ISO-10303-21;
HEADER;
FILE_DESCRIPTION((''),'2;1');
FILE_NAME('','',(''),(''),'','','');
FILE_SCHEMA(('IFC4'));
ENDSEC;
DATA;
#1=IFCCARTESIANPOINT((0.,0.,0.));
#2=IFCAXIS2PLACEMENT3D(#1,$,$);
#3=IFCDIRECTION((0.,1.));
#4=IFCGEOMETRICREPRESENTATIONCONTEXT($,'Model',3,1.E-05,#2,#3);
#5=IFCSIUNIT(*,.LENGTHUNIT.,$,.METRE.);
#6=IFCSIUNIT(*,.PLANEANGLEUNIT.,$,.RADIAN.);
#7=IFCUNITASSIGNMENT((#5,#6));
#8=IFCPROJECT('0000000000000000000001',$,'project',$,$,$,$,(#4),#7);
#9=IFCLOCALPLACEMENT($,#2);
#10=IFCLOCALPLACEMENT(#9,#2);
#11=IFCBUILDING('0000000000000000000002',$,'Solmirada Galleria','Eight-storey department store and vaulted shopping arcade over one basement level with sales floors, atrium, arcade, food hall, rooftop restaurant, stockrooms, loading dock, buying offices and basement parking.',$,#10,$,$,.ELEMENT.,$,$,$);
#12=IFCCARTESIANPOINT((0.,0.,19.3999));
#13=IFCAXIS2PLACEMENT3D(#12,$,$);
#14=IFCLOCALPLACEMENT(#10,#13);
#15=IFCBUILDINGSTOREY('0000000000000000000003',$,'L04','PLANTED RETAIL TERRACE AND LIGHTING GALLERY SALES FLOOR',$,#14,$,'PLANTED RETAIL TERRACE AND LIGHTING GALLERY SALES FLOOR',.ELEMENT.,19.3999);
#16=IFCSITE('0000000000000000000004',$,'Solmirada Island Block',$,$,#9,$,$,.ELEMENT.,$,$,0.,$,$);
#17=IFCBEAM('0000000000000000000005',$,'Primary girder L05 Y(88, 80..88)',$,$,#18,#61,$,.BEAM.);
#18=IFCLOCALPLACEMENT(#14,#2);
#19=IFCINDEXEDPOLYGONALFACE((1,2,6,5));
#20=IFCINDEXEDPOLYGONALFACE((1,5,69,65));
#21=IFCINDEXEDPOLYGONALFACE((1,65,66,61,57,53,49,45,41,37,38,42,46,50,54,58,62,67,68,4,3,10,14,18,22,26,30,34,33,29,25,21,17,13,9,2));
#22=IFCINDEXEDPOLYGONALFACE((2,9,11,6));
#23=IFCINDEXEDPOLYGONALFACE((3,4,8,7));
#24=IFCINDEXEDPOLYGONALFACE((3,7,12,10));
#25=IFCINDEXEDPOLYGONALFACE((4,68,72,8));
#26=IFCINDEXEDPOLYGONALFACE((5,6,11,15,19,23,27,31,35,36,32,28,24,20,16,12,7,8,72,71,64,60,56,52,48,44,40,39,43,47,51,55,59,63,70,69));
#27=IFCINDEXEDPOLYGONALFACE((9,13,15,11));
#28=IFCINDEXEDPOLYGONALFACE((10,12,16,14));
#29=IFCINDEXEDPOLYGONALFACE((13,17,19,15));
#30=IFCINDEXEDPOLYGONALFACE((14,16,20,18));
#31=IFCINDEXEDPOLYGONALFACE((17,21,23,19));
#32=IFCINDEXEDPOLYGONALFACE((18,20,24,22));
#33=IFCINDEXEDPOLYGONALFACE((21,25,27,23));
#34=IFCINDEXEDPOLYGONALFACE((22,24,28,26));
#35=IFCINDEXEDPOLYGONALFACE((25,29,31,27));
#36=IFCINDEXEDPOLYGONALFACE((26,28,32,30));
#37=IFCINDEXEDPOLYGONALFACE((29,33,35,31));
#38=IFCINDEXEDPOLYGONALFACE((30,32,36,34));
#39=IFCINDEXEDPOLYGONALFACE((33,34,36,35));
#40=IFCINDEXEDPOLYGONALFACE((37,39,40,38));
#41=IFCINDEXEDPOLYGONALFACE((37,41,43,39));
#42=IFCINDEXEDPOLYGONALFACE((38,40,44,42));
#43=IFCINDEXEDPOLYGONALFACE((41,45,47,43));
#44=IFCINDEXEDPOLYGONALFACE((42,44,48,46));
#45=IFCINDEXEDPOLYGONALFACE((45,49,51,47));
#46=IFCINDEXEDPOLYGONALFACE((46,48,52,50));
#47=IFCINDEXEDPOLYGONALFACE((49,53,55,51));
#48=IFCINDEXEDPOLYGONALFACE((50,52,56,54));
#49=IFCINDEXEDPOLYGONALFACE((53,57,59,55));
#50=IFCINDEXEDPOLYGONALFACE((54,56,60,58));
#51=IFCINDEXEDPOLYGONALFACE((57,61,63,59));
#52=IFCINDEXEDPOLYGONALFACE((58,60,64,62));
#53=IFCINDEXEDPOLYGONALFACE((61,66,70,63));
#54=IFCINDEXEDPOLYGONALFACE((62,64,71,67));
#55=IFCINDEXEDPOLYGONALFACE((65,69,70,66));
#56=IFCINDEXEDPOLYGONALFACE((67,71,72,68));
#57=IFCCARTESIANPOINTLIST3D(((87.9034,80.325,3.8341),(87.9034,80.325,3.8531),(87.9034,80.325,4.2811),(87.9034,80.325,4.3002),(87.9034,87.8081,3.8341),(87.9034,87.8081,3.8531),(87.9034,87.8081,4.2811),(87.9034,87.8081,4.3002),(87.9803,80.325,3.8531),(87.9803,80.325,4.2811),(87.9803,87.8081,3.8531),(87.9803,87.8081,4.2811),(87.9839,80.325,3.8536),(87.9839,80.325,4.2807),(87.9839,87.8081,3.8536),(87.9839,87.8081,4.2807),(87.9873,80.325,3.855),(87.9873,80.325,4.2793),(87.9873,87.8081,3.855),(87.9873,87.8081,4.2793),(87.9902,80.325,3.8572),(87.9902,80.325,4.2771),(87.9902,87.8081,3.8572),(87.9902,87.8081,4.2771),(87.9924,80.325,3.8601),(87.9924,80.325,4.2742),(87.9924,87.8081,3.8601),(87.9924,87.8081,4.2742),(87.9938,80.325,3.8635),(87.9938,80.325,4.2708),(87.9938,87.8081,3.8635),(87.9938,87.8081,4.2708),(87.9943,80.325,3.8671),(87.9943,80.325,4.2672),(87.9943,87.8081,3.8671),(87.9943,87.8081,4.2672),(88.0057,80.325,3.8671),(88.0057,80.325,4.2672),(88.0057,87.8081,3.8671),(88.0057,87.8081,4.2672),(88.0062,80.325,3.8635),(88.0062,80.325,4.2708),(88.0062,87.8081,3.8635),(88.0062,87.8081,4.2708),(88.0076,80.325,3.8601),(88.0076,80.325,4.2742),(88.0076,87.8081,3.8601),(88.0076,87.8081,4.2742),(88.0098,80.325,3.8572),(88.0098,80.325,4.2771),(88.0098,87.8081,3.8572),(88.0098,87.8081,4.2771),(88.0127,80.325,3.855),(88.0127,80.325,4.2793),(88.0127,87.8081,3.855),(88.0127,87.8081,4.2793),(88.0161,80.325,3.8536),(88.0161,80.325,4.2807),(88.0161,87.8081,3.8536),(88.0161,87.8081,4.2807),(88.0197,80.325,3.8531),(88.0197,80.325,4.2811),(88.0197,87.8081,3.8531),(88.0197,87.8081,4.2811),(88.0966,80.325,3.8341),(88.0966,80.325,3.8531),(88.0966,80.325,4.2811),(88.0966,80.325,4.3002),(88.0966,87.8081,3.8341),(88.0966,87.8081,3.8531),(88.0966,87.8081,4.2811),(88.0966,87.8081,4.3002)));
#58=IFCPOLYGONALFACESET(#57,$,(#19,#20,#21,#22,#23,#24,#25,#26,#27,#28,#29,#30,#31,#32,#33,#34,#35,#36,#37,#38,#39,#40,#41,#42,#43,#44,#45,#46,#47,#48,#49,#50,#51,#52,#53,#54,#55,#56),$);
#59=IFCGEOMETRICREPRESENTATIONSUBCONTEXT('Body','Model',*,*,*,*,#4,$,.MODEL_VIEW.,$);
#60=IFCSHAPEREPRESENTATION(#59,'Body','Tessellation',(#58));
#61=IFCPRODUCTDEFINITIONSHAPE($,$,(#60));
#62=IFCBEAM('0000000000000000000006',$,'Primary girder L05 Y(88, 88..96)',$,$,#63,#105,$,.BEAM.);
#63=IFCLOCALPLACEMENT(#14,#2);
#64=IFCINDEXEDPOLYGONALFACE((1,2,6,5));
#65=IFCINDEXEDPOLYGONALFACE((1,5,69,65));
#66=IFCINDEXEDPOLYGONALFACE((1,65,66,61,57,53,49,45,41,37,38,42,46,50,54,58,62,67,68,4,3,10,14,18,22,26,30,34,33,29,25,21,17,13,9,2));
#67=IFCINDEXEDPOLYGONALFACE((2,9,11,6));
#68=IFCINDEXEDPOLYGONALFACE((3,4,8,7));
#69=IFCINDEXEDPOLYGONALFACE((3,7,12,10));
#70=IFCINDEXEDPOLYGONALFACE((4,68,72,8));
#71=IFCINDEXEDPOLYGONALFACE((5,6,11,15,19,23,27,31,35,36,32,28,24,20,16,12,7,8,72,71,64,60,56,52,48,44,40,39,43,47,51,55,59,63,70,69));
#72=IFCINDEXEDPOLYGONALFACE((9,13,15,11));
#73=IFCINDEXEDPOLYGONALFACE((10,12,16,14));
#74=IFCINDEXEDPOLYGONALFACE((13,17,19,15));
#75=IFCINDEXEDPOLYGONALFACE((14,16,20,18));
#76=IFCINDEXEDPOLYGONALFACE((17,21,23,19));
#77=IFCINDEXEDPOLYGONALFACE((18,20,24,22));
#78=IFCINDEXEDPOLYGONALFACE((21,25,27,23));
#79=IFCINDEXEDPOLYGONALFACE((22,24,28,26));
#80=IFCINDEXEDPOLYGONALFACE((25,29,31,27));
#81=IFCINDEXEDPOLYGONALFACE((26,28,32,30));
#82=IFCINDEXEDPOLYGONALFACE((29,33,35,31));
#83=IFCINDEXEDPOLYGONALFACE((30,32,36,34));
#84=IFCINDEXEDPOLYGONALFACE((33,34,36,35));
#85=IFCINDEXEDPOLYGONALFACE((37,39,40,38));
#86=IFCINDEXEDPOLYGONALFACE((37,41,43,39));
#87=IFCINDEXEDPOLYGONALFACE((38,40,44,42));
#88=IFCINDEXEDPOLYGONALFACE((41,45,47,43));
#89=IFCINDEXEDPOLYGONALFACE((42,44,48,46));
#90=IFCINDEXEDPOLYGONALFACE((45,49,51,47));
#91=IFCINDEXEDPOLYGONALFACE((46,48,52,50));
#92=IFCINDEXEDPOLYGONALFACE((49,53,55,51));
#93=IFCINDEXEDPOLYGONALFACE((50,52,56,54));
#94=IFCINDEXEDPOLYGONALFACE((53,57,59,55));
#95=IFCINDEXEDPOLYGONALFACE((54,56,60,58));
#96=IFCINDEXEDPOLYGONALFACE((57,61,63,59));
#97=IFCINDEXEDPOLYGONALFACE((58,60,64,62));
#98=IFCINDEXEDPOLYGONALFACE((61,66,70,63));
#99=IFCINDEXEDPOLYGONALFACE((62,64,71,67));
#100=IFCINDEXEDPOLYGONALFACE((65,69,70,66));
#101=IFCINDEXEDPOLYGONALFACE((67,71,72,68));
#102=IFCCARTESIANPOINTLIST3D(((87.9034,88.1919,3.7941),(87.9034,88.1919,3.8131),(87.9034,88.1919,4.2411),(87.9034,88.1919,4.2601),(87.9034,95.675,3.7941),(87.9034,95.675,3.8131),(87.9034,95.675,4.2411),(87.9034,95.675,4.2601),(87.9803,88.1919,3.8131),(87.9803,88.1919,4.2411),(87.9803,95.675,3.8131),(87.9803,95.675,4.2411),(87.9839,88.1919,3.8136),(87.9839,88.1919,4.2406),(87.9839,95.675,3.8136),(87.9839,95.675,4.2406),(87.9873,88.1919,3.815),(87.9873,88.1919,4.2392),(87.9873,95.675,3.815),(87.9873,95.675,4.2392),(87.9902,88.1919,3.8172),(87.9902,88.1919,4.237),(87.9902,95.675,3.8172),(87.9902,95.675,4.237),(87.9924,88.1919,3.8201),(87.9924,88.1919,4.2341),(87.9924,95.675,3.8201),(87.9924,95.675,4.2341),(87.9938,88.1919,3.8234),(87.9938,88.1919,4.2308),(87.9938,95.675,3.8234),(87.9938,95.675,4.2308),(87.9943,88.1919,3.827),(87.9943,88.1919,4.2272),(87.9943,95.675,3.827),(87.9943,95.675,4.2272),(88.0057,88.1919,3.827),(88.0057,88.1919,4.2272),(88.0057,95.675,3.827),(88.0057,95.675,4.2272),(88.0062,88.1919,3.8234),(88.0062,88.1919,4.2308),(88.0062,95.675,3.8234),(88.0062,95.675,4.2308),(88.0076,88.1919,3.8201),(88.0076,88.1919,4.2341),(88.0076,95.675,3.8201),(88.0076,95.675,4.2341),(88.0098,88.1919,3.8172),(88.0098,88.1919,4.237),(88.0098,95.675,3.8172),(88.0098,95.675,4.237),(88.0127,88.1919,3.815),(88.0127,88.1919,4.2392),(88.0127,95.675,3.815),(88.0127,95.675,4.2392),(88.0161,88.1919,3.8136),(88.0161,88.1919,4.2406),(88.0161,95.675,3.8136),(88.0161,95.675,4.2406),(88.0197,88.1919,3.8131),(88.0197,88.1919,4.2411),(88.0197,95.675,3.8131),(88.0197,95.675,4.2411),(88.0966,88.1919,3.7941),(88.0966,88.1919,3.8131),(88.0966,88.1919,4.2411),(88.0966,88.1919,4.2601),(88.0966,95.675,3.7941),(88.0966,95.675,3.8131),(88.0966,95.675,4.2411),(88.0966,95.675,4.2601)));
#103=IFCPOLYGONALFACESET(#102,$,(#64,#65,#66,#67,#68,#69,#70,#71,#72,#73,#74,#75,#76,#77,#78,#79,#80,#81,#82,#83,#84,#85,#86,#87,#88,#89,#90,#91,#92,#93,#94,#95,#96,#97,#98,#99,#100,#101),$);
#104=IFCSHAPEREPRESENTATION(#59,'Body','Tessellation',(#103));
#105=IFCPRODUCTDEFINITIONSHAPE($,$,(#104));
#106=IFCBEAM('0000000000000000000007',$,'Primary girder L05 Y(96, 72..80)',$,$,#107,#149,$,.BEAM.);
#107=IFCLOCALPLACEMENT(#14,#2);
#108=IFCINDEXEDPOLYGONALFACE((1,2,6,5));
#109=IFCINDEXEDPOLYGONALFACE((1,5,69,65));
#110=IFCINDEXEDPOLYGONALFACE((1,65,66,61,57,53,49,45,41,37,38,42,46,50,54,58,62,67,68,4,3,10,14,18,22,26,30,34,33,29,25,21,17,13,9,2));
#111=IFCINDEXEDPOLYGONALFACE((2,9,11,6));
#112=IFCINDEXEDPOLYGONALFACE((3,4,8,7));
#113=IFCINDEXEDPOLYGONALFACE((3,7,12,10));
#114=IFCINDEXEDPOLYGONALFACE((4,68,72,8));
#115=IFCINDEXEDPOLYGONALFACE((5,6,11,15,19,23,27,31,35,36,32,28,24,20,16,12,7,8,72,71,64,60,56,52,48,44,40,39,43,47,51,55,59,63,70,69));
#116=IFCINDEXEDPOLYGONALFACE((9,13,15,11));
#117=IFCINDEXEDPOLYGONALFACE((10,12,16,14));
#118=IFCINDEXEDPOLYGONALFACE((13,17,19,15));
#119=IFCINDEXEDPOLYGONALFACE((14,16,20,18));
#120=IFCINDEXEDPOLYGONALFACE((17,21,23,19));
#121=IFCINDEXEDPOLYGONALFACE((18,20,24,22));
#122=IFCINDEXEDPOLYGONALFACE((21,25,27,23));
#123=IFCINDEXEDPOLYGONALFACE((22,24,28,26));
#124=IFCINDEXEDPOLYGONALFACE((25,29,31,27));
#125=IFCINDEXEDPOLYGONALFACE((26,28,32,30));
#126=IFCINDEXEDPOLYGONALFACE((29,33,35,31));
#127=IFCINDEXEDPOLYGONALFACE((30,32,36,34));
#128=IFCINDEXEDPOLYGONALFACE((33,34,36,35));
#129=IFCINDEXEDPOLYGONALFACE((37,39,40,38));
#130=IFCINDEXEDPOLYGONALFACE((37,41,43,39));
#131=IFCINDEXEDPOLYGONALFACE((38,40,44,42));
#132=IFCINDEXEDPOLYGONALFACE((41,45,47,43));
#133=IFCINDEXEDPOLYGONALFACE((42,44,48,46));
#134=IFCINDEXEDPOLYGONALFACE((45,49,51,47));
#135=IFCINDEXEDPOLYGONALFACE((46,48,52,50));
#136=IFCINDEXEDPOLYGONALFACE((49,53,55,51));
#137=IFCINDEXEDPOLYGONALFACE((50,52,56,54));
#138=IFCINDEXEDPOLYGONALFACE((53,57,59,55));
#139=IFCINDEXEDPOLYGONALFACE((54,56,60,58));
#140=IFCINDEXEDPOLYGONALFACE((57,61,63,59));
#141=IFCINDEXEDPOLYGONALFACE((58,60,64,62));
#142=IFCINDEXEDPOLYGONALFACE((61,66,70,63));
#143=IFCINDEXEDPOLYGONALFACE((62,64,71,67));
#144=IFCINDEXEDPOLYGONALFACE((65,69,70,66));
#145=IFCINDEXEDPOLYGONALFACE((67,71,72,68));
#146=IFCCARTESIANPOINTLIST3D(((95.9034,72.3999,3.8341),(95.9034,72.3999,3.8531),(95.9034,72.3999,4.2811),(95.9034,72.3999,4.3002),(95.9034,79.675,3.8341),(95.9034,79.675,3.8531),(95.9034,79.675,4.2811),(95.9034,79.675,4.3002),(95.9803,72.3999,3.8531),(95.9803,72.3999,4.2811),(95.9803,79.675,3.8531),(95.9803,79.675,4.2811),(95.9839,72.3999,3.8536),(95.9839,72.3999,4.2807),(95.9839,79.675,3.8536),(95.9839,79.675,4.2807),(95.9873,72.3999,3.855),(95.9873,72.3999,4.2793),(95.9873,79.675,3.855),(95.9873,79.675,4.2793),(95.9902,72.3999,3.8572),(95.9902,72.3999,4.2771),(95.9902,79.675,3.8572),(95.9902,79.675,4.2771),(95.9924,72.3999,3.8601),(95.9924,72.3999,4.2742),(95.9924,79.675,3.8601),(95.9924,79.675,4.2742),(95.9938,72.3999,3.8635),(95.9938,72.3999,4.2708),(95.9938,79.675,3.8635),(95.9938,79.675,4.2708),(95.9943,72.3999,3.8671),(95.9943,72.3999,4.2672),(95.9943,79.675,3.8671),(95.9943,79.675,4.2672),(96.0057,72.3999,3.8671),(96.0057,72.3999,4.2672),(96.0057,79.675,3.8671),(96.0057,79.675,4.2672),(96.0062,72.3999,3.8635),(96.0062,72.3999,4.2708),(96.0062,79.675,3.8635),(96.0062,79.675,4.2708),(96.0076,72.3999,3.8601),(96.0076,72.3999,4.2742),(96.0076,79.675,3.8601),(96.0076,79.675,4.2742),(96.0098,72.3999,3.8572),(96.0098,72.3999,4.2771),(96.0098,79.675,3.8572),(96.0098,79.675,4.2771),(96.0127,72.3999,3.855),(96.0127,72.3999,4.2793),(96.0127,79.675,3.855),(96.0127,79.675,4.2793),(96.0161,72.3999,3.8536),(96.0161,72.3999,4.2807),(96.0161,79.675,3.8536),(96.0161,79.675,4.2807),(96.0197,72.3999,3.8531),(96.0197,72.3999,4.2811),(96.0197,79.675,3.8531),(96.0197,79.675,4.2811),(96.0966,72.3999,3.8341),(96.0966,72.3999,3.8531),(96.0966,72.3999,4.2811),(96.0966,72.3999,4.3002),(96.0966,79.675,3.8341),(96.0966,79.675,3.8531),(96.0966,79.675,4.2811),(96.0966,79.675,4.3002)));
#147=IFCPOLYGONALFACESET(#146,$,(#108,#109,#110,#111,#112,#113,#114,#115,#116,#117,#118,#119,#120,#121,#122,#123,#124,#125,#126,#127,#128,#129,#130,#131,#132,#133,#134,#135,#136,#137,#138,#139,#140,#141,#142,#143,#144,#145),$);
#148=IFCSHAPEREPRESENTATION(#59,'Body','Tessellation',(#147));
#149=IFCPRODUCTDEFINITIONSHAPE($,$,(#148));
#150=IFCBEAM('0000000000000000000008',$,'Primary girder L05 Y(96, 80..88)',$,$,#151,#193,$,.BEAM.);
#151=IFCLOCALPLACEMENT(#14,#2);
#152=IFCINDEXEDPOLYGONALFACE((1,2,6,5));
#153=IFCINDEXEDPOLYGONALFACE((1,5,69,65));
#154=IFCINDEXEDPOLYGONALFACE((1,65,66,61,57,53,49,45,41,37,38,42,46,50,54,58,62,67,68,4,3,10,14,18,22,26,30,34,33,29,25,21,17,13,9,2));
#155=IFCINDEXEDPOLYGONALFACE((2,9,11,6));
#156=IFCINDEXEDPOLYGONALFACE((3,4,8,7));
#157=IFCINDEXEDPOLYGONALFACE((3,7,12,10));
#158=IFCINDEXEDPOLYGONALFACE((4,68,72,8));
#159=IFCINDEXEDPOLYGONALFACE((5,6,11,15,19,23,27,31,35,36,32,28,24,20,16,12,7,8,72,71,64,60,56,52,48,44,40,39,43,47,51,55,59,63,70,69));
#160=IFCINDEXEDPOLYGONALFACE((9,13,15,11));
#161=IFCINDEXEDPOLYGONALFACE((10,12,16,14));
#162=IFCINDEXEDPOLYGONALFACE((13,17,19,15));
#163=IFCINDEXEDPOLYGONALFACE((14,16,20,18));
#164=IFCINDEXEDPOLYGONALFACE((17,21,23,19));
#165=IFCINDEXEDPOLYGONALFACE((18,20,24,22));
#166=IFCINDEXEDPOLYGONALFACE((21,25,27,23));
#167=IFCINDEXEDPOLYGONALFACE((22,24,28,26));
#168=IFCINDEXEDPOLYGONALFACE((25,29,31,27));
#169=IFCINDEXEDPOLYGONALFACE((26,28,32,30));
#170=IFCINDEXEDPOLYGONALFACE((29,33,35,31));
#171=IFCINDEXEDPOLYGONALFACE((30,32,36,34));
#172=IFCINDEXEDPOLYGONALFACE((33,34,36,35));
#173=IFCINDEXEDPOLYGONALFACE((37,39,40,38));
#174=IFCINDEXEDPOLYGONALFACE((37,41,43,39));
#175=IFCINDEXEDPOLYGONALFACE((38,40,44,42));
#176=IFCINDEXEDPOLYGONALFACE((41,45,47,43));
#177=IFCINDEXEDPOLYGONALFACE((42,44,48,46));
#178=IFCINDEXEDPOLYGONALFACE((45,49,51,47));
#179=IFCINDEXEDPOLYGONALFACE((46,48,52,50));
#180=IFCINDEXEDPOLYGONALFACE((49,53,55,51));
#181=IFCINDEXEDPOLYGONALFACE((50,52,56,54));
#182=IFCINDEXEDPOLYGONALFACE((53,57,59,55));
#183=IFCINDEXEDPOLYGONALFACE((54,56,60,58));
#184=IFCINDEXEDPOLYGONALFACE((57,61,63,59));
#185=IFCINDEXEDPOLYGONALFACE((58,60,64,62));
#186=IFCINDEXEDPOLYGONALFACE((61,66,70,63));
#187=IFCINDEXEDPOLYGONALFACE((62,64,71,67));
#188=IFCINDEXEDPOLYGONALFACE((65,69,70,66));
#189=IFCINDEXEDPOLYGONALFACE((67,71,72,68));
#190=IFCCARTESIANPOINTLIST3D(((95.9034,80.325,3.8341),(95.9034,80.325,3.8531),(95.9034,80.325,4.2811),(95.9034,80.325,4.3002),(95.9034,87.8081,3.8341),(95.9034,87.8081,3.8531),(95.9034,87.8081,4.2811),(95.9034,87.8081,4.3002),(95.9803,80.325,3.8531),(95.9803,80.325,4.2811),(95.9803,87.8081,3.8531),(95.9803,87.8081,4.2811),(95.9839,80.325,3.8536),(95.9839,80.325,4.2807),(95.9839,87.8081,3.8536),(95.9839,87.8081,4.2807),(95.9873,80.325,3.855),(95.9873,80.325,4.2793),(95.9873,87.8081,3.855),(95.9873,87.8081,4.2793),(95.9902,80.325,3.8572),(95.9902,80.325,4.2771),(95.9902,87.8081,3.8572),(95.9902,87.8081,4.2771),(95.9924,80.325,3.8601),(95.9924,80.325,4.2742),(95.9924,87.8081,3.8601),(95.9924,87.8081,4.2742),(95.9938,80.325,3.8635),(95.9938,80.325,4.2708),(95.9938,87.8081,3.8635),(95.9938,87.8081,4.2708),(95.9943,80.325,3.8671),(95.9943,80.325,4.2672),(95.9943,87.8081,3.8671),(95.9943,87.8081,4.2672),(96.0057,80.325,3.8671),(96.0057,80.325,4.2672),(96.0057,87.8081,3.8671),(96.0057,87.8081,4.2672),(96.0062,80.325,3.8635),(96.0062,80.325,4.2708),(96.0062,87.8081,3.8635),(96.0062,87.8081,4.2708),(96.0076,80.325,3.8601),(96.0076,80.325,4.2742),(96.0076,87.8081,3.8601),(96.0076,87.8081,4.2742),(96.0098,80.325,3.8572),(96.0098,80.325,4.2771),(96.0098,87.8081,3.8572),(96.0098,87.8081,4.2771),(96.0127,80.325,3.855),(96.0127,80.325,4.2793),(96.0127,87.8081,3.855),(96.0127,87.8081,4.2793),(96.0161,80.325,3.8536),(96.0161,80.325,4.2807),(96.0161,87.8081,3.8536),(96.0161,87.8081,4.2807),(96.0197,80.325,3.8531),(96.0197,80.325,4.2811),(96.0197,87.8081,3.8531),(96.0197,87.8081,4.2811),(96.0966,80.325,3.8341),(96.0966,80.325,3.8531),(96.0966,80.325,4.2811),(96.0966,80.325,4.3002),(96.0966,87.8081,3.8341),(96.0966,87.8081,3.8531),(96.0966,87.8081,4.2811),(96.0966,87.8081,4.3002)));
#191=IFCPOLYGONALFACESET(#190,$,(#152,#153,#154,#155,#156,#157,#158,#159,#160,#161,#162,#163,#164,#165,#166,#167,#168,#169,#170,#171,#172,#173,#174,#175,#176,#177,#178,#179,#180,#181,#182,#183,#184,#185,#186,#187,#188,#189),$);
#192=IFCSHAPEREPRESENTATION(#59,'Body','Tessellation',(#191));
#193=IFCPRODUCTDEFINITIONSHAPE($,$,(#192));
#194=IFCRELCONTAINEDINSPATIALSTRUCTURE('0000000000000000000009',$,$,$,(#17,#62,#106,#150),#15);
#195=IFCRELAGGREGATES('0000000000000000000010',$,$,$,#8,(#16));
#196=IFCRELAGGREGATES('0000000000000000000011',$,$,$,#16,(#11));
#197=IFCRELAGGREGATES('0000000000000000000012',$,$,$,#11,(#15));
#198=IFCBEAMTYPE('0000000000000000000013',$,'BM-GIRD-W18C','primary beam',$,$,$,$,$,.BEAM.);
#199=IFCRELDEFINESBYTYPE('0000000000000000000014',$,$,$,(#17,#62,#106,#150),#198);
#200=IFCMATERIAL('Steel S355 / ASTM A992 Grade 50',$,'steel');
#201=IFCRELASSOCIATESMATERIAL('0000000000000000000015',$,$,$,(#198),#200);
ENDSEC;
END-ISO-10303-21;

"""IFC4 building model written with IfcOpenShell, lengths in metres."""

from ifc_helpers import new_model, si_unit, direction, frame, origin, origin_2d, place, context, subcontext, project, spatial, i_section, extrude, material, material_profile, profile_set, type_object, element, save


model = new_model("IFC4")

# Units and contexts
model_context = context("Model", 3, precision=1e-05, world=origin(), true_north=direction((0.0, 1.0)))
body_context = subcontext(model_context, "Body", "Model", "MODEL_VIEW")
ifc_project = project(units=[si_unit("LENGTHUNIT", "METRE"), si_unit("PLANEANGLEUNIT", "RADIAN")], contexts=[model_context])

# Site, building, storey
site_placement = place(None, origin())
site = spatial("IfcSite", under=ifc_project, at=site_placement, Name="Solmirada Island Block", CompositionType="ELEMENT", RefElevation=0.0)
building_placement = place(site_placement, origin())
building = spatial("IfcBuilding", under=site, at=building_placement, Name="Solmirada Galleria", Description="Eight-storey department store and vaulted shopping arcade over one basement level with sales floors, atrium, arcade, food hall, rooftop restaurant, stockrooms, loading dock, buying offices and basement parking.", CompositionType="ELEMENT")
storey_placement = place(building_placement, frame((0.0, 0.0, 19.3999)))
storey = spatial("IfcBuildingStorey", under=building, at=storey_placement, Name="L04", Description="PLANTED RETAIL TERRACE AND LIGHTING GALLERY SALES FLOOR", LongName="PLANTED RETAIL TERRACE AND LIGHTING GALLERY SALES FLOOR", CompositionType="ELEMENT", Elevation=19.3999)

# Beams
ifc_material_1 = material(Name="Steel S355 / ASTM A992 Grade 50", Category="steel")
ifc_material_profile_1 = material_profile(ifc_material_1, i_section(OverallWidth=0.1931, OverallDepth=0.4661, WebThickness=0.0115, FlangeThickness=0.019, FilletRadius=0.0139, at=origin_2d()), Name="W18X65")
ifc_profile_set_1 = profile_set([ifc_material_profile_1], Name="Steel S355 / ASTM A992 Grade 50")
beam_type_1 = type_object("IfcBeamType", Name="BM-GIRD-W18C", Description="primary beam", PredefinedType="BEAM", material=ifc_profile_set_1)
for number, where, z_axis, x_axis, name in (
    (1, (88.0, 80.325, 4.0671), (0.0, 1.0, 0.0), (-1.0, 0.0, 0.0), "Primary girder L05 Y(88, 80..88)"),
    (2, (88.0, 88.1919, 4.0271), (0.0, 1.0, 0.0), (-1.0, 0.0, 0.0), "Primary girder L05 Y(88, 88..96)"),
):
    element("IfcBeam", number, at=place(storey_placement, frame(where, z_axis=z_axis, x_axis=x_axis)), inside=storey, type_object=beam_type_1, Name=name, PredefinedType="BEAM", context=body_context, shape_type="SweptSolid", body=[
        extrude(i_section(OverallWidth=0.1931, OverallDepth=0.4661, WebThickness=0.0115, FlangeThickness=0.019, FilletRadius=0.0139, at=origin_2d()), origin(), (0.0, 0.0, 1.0), 7.4832),
    ])
beam_1_placement = place(storey_placement, frame((96.0, 72.3999, 4.0671), z_axis=(0.0, 1.0, 0.0), x_axis=(-1.0, 0.0, 0.0)))
element("IfcBeam", 3, at=beam_1_placement, inside=storey, type_object=beam_type_1, Name="Primary girder L05 Y(96, 72..80)", PredefinedType="BEAM", context=body_context, shape_type="SweptSolid", body=[
    extrude(i_section(OverallWidth=0.1931, OverallDepth=0.4661, WebThickness=0.0115, FlangeThickness=0.019, FilletRadius=0.0139, at=origin_2d()), origin(), (0.0, 0.0, 1.0), 7.2751),
])
for number, where, z_axis, x_axis, name in (
    (4, (96.0, 80.325, 4.0671), (0.0, 1.0, 0.0), (-1.0, 0.0, 0.0), "Primary girder L05 Y(96, 80..88)"),
):
    element("IfcBeam", number, at=place(storey_placement, frame(where, z_axis=z_axis, x_axis=x_axis)), inside=storey, type_object=beam_type_1, Name=name, PredefinedType="BEAM", context=body_context, shape_type="SweptSolid", body=[
        extrude(i_section(OverallWidth=0.1931, OverallDepth=0.4661, WebThickness=0.0115, FlangeThickness=0.019, FilletRadius=0.0139, at=origin_2d()), origin(), (0.0, 0.0, 1.0), 7.4832),
    ])

save(model, "model.ifc")
